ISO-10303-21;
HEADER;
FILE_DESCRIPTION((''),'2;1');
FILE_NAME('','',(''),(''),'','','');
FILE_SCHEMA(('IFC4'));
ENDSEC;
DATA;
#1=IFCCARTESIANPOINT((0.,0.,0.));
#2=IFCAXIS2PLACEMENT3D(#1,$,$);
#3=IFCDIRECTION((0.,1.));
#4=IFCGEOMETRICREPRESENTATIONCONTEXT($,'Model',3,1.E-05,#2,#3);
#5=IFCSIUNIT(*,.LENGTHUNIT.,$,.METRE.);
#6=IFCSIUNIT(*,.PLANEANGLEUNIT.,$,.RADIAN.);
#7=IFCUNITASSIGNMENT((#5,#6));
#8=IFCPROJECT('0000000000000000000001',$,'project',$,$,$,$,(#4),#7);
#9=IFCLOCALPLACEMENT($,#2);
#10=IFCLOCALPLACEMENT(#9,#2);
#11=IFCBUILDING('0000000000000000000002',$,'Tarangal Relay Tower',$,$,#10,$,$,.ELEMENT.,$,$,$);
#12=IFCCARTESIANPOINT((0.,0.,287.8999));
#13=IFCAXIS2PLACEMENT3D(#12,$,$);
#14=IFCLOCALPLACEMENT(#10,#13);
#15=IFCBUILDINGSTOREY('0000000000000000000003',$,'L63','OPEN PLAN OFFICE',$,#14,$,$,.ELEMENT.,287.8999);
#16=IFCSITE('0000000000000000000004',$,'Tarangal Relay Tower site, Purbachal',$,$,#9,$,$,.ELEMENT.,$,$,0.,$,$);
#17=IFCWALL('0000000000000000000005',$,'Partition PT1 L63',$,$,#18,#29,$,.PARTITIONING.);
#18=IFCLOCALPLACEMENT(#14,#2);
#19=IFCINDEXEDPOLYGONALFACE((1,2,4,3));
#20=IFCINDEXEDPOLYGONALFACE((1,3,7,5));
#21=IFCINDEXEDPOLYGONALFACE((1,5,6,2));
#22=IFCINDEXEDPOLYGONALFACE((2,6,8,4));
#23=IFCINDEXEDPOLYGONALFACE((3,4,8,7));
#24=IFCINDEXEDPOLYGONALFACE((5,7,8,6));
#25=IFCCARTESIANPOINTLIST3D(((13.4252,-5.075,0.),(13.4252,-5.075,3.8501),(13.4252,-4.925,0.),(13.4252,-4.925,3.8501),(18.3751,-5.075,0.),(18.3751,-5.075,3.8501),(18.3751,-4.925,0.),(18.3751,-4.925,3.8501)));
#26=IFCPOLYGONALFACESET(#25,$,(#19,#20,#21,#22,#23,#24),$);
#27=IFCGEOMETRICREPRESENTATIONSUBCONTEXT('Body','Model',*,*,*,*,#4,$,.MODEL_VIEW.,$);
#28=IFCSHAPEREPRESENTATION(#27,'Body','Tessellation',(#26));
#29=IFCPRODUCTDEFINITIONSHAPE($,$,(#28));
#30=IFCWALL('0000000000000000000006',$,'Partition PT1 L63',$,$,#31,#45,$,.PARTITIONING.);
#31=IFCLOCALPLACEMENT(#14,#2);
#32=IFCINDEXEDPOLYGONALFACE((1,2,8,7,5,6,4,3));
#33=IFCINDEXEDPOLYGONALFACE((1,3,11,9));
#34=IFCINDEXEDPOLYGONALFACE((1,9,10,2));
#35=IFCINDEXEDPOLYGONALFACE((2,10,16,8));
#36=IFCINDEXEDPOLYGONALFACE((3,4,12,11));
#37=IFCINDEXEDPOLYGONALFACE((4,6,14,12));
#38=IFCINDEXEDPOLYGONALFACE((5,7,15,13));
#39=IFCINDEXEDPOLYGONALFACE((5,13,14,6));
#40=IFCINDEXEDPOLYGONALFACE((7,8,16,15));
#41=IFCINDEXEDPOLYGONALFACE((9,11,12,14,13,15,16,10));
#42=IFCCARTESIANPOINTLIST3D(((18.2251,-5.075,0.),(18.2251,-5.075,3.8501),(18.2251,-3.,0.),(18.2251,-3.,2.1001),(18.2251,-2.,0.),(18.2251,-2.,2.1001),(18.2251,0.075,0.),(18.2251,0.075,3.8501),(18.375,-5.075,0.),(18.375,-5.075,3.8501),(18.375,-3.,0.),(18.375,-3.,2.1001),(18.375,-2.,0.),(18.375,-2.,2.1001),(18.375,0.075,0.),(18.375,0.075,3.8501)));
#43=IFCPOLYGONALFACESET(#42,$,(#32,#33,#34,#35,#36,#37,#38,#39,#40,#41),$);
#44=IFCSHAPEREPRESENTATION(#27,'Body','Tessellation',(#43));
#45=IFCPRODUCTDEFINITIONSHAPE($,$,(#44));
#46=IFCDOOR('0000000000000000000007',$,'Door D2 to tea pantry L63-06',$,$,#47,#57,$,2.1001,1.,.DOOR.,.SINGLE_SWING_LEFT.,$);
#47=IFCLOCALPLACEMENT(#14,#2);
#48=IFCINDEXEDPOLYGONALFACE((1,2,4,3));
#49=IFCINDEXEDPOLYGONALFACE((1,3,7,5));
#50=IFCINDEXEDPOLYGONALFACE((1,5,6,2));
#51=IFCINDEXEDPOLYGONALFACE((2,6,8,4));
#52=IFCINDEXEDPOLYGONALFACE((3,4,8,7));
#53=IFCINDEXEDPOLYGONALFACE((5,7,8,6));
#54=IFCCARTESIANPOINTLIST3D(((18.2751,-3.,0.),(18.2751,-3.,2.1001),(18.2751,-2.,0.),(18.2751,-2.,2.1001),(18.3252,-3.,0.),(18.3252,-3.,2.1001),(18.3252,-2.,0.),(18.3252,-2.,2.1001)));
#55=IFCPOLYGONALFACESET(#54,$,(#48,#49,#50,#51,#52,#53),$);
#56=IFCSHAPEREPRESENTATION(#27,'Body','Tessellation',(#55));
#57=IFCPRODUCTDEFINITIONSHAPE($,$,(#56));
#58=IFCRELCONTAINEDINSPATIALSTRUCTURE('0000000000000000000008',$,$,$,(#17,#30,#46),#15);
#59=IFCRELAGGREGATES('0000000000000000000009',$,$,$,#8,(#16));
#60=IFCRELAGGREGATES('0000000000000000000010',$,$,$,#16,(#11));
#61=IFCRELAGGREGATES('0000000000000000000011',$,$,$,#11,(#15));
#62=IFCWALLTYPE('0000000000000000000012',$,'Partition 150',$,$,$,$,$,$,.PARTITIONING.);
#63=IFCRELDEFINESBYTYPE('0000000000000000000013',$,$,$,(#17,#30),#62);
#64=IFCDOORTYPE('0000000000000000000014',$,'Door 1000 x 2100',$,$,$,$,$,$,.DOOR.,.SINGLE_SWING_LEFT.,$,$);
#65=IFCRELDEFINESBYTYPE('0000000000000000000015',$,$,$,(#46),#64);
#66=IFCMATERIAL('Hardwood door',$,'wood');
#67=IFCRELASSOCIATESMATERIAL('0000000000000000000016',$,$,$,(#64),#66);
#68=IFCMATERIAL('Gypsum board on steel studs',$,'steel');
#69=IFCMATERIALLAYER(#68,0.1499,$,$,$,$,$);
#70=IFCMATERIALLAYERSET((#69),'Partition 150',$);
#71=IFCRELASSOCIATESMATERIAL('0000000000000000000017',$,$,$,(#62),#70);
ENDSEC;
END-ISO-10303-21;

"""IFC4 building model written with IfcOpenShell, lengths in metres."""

from ifc_helpers import new_model, si_unit, direction, frame, frame_2d, origin, place, context, subcontext, project, spatial, rectangle, extrude, material, layer, layer_set, type_object, element, fill, save


model = new_model("IFC4")

# Units and contexts
model_context = context("Model", 3, precision=1e-05, world=origin(), true_north=direction((0.0, 1.0)))
body_context = subcontext(model_context, "Body", "Model", "MODEL_VIEW")
ifc_project = project(units=[si_unit("LENGTHUNIT", "METRE"), si_unit("PLANEANGLEUNIT", "RADIAN")], contexts=[model_context])

# Site, building, storey
site_placement = place(None, origin())
site = spatial("IfcSite", under=ifc_project, at=site_placement, Name="Tarangal Relay Tower site, Purbachal", CompositionType="ELEMENT", RefElevation=0.0)
building_placement = place(site_placement, origin())
building = spatial("IfcBuilding", under=site, at=building_placement, Name="Tarangal Relay Tower", CompositionType="ELEMENT")
storey_placement = place(building_placement, frame((0.0, 0.0, 287.8999)))
storey = spatial("IfcBuildingStorey", under=building, at=storey_placement, Name="L63", Description="OPEN PLAN OFFICE", CompositionType="ELEMENT", Elevation=287.8999)

# Shared definitions
ifc_material_1 = material(Name="Hardwood door", Category="wood")
door_type = type_object("IfcDoorType", Name="Door 1000 x 2100", OperationType="SINGLE_SWING_LEFT", PredefinedType="DOOR", material=ifc_material_1)

# Wall
ifc_material_2 = material(Name="Gypsum board on steel studs", Category="steel")
ifc_layer_1 = layer(ifc_material_2, 0.1499)
ifc_layer_set_1 = layer_set([ifc_layer_1], Name="Partition 150")
wall_type_1 = type_object("IfcWallType", Name="Partition 150", PredefinedType="PARTITIONING", material=ifc_layer_set_1)
wall_1_placement = place(storey_placement, frame((13.425, -5.0, 0.0), z_axis=(0.0, 0.0, 1.0), x_axis=(1.0, 0.0, 0.0)))
element("IfcWall", 1, at=wall_1_placement, inside=storey, type_object=wall_type_1, Name="Partition PT1 L63", PredefinedType="PARTITIONING", context=body_context, shape_type="SweptSolid", body=[
    extrude(rectangle(XDim=4.95, YDim=0.1499, at=frame_2d((2.4751, 0.0))), origin(), (0.0, 0.0, 1.0), 3.8501),
])

# Wall, opening, door
wall_2_placement = place(storey_placement, frame((18.3, -5.075, 0.0), z_axis=(0.0, 0.0, 1.0), x_axis=(0.0, 1.0, 0.0)))
wall_2 = element("IfcWall", 2, at=wall_2_placement, inside=storey, type_object=wall_type_1, Name="Partition PT1 L63", PredefinedType="PARTITIONING", context=body_context, shape_type="SweptSolid", body=[
    extrude(rectangle(XDim=5.1499, YDim=0.1499, at=frame_2d((2.575, 0.0))), origin(), (0.0, 0.0, 1.0), 3.8501),
])
opening_1_placement = place(wall_2_placement, frame((2.075, 0.0, 0.0)))
opening_1 = element("IfcOpeningElement", 3, at=opening_1_placement, cuts=wall_2, PredefinedType="OPENING", context=body_context, shape_type="SweptSolid", body=[
    extrude(rectangle(XDim=1.0, YDim=2.1001, at=frame_2d((0.5, 1.05))), frame((0.0, 0.085, 0.0), z_axis=(0.0, -1.0, 0.0), x_axis=(1.0, 0.0, 0.0)), (0.0, 0.0, 1.0), 0.1699),
])
door_1_placement = place(opening_1_placement, origin())
door_1 = element("IfcDoor", 4, at=door_1_placement, inside=storey, type_object=door_type, Name="Door D2 to tea pantry L63-06", OperationType="SINGLE_SWING_LEFT", OverallHeight=2.1001, OverallWidth=1.0, PredefinedType="DOOR", context=body_context, shape_type="SweptSolid", body=[
    extrude(rectangle(XDim=1.0, YDim=2.1001, at=frame_2d((0.5, 1.05))), frame((0.0, 0.0249, 0.0), z_axis=(0.0, -1.0, 0.0), x_axis=(1.0, 0.0, 0.0)), (0.0, 0.0, 1.0), 0.05),
])
fill(opening_1, door_1)

save(model, "model.ifc")
